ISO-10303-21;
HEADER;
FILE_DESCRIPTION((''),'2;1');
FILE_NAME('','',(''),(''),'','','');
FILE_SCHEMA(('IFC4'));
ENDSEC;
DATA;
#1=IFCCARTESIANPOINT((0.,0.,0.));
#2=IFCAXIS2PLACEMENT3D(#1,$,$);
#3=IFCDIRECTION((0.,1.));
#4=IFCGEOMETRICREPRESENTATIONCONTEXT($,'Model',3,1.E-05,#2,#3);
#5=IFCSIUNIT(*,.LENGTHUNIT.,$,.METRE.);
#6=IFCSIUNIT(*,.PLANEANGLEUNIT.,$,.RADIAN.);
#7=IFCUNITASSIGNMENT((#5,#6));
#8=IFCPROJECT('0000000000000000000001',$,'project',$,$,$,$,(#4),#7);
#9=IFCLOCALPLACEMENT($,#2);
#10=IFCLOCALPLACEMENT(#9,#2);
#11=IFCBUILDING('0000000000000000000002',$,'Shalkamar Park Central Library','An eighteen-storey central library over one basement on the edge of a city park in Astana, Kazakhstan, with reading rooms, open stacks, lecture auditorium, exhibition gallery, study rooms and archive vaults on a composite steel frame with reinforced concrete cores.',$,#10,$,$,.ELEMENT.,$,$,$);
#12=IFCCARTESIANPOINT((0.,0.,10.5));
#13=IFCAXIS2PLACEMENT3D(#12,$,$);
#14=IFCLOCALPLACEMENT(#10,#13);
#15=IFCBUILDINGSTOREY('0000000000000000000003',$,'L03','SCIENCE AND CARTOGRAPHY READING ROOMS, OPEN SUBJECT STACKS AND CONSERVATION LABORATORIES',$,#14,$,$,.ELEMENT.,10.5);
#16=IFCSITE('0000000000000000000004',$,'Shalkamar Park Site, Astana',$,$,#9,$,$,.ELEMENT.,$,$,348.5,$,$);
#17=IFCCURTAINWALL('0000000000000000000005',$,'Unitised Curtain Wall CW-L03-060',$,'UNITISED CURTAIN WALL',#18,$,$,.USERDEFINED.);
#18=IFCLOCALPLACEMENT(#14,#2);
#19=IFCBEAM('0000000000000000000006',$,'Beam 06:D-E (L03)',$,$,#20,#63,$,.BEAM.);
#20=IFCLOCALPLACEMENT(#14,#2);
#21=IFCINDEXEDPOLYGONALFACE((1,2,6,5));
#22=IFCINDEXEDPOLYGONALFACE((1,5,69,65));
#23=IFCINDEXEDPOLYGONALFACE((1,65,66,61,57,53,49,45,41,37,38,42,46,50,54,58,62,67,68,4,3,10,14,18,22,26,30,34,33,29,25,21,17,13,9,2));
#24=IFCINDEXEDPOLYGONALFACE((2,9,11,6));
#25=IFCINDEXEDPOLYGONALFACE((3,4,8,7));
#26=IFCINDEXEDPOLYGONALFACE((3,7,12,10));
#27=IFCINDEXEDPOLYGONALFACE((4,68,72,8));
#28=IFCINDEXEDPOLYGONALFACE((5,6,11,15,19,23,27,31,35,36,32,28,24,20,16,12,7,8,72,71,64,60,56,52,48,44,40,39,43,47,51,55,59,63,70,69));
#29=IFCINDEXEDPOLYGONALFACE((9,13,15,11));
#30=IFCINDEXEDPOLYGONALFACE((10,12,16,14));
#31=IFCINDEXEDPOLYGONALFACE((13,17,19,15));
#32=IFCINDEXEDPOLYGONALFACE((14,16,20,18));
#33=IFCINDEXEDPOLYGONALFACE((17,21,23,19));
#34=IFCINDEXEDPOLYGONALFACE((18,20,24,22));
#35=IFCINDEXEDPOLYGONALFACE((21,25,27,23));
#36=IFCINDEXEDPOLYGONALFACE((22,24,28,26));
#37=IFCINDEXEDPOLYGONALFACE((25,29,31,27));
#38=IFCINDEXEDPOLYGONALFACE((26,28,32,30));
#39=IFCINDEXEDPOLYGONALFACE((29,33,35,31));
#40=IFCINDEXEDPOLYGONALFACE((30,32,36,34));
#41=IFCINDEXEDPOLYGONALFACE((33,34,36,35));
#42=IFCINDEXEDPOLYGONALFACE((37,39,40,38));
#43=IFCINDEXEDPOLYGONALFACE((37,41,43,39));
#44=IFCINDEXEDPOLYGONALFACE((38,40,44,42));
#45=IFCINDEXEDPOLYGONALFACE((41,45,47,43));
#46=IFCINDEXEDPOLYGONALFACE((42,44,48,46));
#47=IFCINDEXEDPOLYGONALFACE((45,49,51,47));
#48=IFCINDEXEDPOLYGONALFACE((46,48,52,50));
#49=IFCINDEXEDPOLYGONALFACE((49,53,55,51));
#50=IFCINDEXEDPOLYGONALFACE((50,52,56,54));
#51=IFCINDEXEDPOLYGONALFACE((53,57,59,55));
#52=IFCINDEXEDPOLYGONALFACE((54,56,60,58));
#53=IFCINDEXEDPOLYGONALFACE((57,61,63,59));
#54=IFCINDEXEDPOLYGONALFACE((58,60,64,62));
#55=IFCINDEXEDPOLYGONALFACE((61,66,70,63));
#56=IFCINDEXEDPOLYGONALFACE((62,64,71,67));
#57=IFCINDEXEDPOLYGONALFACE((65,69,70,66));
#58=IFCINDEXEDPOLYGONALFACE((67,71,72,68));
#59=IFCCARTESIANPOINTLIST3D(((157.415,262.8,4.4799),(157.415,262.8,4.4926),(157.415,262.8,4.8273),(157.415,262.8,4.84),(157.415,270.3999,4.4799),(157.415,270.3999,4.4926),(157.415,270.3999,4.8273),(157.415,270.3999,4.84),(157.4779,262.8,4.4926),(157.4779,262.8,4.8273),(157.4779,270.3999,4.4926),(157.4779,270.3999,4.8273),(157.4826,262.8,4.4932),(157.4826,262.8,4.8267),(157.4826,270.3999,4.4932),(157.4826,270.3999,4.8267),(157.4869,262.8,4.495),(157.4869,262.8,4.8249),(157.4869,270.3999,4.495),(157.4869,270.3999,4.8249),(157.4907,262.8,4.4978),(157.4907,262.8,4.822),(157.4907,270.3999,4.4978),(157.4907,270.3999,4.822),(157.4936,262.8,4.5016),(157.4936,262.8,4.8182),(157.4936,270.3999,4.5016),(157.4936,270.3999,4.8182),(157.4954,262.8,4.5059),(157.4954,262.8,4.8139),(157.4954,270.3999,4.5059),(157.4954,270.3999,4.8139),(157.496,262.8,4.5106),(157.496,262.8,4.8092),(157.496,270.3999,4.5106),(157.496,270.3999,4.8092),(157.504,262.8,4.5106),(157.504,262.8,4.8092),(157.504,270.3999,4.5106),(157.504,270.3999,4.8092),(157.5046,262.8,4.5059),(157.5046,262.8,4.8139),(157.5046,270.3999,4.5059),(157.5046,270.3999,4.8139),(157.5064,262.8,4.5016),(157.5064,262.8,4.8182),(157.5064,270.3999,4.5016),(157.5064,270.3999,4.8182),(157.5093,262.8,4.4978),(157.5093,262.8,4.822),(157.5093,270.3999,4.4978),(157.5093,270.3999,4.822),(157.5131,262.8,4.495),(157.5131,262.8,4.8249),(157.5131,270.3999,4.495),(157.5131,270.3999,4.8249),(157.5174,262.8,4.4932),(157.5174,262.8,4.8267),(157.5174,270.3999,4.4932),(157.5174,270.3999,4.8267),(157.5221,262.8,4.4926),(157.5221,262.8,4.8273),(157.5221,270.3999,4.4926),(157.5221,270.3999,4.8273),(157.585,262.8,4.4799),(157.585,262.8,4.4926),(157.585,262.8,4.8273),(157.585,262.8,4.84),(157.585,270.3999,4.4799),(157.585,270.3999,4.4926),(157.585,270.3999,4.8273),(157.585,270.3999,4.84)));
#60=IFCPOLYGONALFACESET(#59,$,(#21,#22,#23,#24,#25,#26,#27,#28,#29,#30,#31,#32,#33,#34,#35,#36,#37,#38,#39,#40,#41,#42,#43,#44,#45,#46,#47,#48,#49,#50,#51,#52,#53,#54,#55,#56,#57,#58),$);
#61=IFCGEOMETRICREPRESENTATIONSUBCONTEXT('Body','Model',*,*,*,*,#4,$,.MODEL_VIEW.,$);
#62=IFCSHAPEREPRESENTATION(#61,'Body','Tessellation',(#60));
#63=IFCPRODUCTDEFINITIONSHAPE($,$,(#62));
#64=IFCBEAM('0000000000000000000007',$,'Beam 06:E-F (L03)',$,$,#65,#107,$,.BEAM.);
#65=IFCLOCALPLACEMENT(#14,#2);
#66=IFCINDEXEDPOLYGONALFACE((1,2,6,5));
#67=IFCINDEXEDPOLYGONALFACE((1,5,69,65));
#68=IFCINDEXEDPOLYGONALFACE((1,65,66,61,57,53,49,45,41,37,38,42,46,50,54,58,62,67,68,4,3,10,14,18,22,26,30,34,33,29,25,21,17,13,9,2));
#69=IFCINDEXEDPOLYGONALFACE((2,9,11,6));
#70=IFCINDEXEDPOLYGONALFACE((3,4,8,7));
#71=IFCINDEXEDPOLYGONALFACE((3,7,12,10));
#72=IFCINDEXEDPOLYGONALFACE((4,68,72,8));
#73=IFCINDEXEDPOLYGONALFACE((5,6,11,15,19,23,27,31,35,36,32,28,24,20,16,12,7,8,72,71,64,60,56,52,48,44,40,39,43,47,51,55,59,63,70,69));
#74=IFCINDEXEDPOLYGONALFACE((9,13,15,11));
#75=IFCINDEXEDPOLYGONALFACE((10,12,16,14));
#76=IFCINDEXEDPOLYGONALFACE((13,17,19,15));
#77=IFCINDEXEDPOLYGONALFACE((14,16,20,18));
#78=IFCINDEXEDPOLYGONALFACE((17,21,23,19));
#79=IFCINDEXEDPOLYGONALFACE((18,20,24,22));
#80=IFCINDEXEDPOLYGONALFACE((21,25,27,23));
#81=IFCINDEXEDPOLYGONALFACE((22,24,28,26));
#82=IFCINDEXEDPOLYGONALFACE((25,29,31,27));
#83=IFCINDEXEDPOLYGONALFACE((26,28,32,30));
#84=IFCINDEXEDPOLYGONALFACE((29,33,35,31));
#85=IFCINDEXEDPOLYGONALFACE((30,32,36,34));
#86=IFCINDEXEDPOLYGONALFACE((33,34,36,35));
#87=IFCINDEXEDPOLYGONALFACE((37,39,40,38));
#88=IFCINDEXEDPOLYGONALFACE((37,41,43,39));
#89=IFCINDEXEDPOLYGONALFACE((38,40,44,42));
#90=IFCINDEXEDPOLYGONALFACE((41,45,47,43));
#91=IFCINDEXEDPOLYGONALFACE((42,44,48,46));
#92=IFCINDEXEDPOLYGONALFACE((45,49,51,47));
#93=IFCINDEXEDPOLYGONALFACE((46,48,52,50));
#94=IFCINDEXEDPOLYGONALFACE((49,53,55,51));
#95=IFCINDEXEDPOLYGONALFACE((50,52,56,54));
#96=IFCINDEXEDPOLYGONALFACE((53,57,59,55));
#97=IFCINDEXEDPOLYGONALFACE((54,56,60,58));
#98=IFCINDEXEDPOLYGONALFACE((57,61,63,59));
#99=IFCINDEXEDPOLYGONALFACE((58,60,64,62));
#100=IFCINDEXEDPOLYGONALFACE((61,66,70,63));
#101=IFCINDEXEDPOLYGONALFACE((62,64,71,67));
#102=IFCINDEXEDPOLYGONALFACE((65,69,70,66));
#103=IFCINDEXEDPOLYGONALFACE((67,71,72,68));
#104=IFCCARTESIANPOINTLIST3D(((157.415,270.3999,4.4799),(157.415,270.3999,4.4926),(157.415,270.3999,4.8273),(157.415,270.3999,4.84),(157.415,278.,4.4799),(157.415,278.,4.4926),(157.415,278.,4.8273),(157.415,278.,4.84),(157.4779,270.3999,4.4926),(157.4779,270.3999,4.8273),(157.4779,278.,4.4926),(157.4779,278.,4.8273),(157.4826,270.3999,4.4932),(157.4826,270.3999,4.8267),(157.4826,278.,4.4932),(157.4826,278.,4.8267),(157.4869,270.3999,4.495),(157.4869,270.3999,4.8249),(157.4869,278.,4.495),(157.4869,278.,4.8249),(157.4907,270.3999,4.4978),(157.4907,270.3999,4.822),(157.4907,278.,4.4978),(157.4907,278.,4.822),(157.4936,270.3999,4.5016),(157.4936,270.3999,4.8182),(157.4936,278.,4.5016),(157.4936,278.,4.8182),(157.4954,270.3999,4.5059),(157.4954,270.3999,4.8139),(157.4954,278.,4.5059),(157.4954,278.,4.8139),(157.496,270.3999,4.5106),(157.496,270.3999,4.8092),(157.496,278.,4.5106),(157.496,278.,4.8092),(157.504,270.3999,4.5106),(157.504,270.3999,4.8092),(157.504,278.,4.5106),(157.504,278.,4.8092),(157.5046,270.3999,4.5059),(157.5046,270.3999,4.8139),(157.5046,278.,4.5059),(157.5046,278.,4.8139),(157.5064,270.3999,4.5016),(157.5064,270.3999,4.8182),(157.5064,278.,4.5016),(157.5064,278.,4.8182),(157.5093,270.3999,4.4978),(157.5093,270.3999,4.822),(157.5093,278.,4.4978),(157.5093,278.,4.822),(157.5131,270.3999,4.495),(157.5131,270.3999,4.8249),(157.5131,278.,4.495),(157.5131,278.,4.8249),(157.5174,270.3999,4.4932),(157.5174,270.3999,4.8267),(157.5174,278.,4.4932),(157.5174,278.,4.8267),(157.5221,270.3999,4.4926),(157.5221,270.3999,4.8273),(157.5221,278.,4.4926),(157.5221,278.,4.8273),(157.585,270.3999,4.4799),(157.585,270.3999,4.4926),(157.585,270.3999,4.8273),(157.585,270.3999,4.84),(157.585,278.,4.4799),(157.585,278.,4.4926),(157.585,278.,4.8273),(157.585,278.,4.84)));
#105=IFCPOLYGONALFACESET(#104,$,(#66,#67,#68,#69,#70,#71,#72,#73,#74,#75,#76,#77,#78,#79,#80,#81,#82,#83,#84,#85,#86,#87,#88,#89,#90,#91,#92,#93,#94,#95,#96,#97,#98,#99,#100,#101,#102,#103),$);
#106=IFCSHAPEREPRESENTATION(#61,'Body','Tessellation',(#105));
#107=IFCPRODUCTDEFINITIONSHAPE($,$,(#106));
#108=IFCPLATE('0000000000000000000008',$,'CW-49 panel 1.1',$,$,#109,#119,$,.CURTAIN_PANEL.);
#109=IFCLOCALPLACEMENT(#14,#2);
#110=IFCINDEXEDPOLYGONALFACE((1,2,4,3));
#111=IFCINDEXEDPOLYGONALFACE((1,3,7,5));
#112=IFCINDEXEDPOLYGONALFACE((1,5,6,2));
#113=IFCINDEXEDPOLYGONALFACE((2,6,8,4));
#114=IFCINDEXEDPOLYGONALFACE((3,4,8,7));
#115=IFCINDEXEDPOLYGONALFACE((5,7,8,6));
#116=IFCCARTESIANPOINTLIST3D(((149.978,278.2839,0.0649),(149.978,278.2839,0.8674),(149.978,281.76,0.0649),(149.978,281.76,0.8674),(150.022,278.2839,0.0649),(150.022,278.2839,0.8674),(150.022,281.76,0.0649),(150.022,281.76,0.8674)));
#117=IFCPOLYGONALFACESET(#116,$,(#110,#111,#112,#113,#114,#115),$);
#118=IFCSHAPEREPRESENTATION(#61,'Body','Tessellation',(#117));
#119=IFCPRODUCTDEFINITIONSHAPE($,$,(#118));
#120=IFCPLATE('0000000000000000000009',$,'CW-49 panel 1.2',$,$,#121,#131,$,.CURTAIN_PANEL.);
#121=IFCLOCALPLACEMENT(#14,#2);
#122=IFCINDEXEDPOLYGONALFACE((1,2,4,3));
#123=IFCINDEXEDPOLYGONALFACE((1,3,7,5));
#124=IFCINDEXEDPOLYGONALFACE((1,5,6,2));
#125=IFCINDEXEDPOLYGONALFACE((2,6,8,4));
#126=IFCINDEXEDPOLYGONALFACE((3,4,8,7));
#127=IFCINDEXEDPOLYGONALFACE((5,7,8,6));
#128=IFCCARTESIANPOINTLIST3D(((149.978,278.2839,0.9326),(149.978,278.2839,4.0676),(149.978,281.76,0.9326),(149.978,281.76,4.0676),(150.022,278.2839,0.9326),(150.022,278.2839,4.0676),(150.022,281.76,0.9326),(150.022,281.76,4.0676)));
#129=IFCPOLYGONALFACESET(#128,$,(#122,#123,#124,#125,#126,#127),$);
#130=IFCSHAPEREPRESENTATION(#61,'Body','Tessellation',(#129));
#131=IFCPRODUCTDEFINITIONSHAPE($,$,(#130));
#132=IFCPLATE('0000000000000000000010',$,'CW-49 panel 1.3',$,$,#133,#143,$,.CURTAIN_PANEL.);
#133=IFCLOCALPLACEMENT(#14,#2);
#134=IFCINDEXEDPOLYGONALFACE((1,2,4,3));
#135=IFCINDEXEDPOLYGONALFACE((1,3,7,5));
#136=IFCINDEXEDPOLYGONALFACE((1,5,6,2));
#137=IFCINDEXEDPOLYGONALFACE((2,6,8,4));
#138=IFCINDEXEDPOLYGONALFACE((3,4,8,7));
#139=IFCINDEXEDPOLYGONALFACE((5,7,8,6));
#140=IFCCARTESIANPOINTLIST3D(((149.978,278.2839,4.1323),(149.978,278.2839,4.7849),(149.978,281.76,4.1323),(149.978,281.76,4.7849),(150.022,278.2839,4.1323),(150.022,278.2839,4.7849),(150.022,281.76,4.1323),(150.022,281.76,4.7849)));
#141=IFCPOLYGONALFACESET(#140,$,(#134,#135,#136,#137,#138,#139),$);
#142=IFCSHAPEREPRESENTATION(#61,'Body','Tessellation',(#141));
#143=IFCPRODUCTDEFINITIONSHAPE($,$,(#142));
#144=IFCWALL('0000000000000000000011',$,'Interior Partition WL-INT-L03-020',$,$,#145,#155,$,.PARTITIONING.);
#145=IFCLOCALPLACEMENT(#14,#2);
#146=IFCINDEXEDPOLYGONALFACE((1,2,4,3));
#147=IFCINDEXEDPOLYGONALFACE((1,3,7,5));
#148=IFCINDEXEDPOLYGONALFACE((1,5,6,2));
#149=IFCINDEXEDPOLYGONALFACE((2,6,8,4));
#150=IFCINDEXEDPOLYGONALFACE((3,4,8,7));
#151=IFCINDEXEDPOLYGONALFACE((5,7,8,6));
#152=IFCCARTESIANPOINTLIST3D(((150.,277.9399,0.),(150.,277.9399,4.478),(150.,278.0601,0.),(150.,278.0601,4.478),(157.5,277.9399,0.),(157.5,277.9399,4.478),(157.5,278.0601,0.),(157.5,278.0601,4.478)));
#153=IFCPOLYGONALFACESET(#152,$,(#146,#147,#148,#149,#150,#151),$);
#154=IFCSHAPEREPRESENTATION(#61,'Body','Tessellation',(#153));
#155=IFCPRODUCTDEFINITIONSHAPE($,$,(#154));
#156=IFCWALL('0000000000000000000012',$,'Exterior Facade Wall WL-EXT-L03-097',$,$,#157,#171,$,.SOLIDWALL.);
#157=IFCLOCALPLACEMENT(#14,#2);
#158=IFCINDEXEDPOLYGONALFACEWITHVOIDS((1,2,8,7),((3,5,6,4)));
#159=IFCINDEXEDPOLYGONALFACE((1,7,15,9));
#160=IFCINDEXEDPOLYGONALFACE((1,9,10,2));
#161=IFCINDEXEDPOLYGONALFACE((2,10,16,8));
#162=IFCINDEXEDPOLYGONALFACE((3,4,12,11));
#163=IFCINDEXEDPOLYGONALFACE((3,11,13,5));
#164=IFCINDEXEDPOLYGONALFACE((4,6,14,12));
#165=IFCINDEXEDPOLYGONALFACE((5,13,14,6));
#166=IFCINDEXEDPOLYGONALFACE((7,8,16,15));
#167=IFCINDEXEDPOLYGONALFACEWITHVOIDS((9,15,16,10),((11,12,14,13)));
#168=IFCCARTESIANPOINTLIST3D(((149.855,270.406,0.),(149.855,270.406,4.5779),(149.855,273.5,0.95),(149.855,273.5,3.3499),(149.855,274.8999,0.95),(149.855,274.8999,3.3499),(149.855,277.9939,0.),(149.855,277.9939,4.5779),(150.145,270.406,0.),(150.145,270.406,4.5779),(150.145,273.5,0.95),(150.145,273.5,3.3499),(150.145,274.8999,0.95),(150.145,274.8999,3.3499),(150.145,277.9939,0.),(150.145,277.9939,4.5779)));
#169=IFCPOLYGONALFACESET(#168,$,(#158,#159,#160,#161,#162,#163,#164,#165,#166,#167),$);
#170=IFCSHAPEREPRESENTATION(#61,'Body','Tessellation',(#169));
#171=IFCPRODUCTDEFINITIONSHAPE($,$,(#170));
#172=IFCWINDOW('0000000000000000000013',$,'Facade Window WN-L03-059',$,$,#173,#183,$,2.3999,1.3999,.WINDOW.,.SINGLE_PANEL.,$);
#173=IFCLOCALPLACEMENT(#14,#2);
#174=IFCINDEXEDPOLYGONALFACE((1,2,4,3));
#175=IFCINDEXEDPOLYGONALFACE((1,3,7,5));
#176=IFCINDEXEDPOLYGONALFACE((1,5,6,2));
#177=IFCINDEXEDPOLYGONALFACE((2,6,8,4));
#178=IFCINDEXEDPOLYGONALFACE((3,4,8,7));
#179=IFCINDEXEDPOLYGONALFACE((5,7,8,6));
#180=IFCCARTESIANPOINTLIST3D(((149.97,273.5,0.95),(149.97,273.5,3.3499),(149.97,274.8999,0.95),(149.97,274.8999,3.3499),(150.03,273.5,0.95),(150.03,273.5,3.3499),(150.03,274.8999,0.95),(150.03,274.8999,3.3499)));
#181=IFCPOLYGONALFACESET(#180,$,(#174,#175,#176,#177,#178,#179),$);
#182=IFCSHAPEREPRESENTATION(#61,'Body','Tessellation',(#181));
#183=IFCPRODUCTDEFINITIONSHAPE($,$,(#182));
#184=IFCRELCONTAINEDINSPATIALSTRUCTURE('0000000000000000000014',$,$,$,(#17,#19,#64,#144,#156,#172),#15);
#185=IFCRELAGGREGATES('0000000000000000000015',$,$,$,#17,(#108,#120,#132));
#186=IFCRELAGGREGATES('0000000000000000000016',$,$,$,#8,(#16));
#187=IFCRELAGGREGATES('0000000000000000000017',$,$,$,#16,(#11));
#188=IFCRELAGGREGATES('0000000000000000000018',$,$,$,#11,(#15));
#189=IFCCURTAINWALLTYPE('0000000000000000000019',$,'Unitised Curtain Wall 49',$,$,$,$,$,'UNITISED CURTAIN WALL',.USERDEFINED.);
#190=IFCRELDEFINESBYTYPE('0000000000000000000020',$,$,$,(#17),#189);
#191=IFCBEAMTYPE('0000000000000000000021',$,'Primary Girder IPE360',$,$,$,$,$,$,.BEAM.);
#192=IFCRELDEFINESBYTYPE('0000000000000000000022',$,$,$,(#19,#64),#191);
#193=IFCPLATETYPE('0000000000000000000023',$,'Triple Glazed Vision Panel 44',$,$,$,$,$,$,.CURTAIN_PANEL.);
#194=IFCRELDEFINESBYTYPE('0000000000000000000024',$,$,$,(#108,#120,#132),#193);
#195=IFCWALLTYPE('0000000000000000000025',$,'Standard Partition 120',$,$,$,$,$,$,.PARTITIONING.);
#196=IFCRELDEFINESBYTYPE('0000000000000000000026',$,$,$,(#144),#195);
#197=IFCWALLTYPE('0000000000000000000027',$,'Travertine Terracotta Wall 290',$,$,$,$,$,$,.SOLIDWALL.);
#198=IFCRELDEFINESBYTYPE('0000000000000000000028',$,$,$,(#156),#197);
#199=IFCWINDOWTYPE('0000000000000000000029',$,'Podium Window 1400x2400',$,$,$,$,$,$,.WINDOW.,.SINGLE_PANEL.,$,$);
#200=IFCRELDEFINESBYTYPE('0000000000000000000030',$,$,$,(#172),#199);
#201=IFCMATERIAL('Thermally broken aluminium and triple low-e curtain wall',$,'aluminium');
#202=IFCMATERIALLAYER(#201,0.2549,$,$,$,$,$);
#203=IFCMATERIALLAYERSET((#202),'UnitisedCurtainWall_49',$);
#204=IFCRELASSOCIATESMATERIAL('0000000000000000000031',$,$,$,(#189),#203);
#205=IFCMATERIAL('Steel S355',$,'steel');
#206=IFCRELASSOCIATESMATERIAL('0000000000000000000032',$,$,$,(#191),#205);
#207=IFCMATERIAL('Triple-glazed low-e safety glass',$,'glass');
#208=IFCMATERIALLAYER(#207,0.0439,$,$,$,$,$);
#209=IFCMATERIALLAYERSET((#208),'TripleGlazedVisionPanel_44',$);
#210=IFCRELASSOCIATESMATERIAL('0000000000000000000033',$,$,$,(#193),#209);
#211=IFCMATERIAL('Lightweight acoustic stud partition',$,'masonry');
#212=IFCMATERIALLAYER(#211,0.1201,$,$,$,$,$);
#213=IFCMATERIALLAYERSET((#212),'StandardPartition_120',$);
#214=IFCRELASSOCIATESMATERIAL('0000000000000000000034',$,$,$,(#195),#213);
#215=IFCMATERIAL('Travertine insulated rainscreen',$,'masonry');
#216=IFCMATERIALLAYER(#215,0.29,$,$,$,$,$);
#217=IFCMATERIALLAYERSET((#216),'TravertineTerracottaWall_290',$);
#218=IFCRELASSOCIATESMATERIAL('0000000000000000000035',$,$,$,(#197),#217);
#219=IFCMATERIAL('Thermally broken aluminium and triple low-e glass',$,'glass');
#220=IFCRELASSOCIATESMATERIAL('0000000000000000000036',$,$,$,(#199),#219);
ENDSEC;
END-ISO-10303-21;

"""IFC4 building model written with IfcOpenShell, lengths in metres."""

from ifc_helpers import new_model, si_unit, direction, frame, frame_2d, origin, origin_2d, place, context, subcontext, project, spatial, rectangle, i_section, extrude, material, layer, layer_set, material_profile, profile_set, type_object, element, fill, aggregate, save


model = new_model("IFC4")

# Units and contexts
model_context = context("Model", 3, precision=1e-05, world=origin(), true_north=direction((0.0, 1.0)))
body_context = subcontext(model_context, "Body", "Model", "MODEL_VIEW")
ifc_project = project(units=[si_unit("LENGTHUNIT", "METRE"), si_unit("PLANEANGLEUNIT", "RADIAN")], contexts=[model_context])

# Site, building, storey
site_placement = place(None, origin())
site = spatial("IfcSite", under=ifc_project, at=site_placement, Name="Shalkamar Park Site, Astana", CompositionType="ELEMENT", RefElevation=348.5)
building_placement = place(site_placement, origin())
building = spatial("IfcBuilding", under=site, at=building_placement, Name="Shalkamar Park Central Library", Description="An eighteen-storey central library over one basement on the edge of a city park in Astana, Kazakhstan, with reading rooms, open stacks, lecture auditorium, exhibition gallery, study rooms and archive vaults on a composite steel frame with reinforced concrete cores.", CompositionType="ELEMENT")
storey_placement = place(building_placement, frame((0.0, 0.0, 10.5)))
storey = spatial("IfcBuildingStorey", under=building, at=storey_placement, Name="L03", Description="SCIENCE AND CARTOGRAPHY READING ROOMS, OPEN SUBJECT STACKS AND CONSERVATION LABORATORIES", CompositionType="ELEMENT", Elevation=10.5)

# Shared definitions
ifc_material_1 = material(Name="Steel S355", Category="steel")

# Curtain wall
ifc_material_2 = material(Name="Thermally broken aluminium and triple low-e curtain wall", Category="aluminium")
ifc_layer_1 = layer(ifc_material_2, 0.2549)
ifc_layer_set_1 = layer_set([ifc_layer_1], Name="UnitisedCurtainWall_49")
curtain_wall_type = type_object("IfcCurtainWallType", Name="Unitised Curtain Wall 49", ElementType="UNITISED CURTAIN WALL", PredefinedType="USERDEFINED", material=ifc_layer_set_1)
curtain_wall_placement = place(storey_placement, origin())
curtain_wall = element("IfcCurtainWall", 1, at=curtain_wall_placement, inside=storey, type_object=curtain_wall_type, Name="Unitised Curtain Wall CW-L03-060", ObjectType="UNITISED CURTAIN WALL", PredefinedType="USERDEFINED")

# Beams
ifc_material_profile_1 = material_profile(ifc_material_1, i_section(OverallWidth=0.1699, OverallDepth=0.3601, WebThickness=0.0081, FlangeThickness=0.0127, FilletRadius=0.0181, at=origin_2d()), Name="IPE 360")
ifc_profile_set_1 = profile_set([ifc_material_profile_1], Name="Steel S355")
beam_type_1 = type_object("IfcBeamType", Name="Primary Girder IPE360", PredefinedType="BEAM", material=ifc_profile_set_1)
beam_1_placement = place(storey_placement, frame((157.5, 262.8, 4.6599), z_axis=(0.0, 1.0, 0.0), x_axis=(-1.0, 0.0, 0.0)))
element("IfcBeam", 2, at=beam_1_placement, inside=storey, type_object=beam_type_1, Name="Beam 06:D-E (L03)", PredefinedType="BEAM", context=body_context, shape_type="SweptSolid", body=[
    extrude(i_section(OverallWidth=0.1699, OverallDepth=0.3601, WebThickness=0.0081, FlangeThickness=0.0127, FilletRadius=0.0181, at=origin_2d()), origin(), (0.0, 0.0, 1.0), 7.5999),
])
beam_2_placement = place(storey_placement, frame((157.5, 270.3999, 4.6599), z_axis=(0.0, 1.0, 0.0), x_axis=(-1.0, 0.0, 0.0)))
element("IfcBeam", 3, at=beam_2_placement, inside=storey, type_object=beam_type_1, Name="Beam 06:E-F (L03)", PredefinedType="BEAM", context=body_context, shape_type="SweptSolid", body=[
    extrude(i_section(OverallWidth=0.1699, OverallDepth=0.3601, WebThickness=0.0081, FlangeThickness=0.0127, FilletRadius=0.0181, at=origin_2d()), origin(), (0.0, 0.0, 1.0), 7.6001),
])

# Plates
ifc_material_3 = material(Name="Triple-glazed low-e safety glass", Category="glass")
ifc_layer_2 = layer(ifc_material_3, 0.0439)
ifc_layer_set_2 = layer_set([ifc_layer_2], Name="TripleGlazedVisionPanel_44")
plate_type = type_object("IfcPlateType", Name="Triple Glazed Vision Panel 44", PredefinedType="CURTAIN_PANEL", material=ifc_layer_set_2)
plate_1_placement = place(storey_placement, frame((150.0, 280.022, 0.0649), z_axis=(0.0, 0.0, 1.0), x_axis=(0.0, 1.0, 0.0)))
plate_1 = element("IfcPlate", 4, at=plate_1_placement, type_object=plate_type, Name="CW-49 panel 1.1", PredefinedType="CURTAIN_PANEL", context=body_context, shape_type="SweptSolid", body=[
    extrude(rectangle(XDim=3.4761, YDim=0.0439, at=origin_2d()), origin(), (0.0, 0.0, 1.0), 0.8025),
])
plate_2_placement = place(storey_placement, frame((150.0, 280.022, 0.9326), z_axis=(0.0, 0.0, 1.0), x_axis=(0.0, 1.0, 0.0)))
plate_2 = element("IfcPlate", 5, at=plate_2_placement, type_object=plate_type, Name="CW-49 panel 1.2", PredefinedType="CURTAIN_PANEL", context=body_context, shape_type="SweptSolid", body=[
    extrude(rectangle(XDim=3.4761, YDim=0.0439, at=origin_2d()), origin(), (0.0, 0.0, 1.0), 3.135),
])
plate_3_placement = place(storey_placement, frame((150.0, 280.022, 4.1323), z_axis=(0.0, 0.0, 1.0), x_axis=(0.0, 1.0, 0.0)))
plate_3 = element("IfcPlate", 6, at=plate_3_placement, type_object=plate_type, Name="CW-49 panel 1.3", PredefinedType="CURTAIN_PANEL", context=body_context, shape_type="SweptSolid", body=[
    extrude(rectangle(XDim=3.4761, YDim=0.0439, at=origin_2d()), origin(), (0.0, 0.0, 1.0), 0.6526),
])
aggregate(curtain_wall, [plate_1, plate_2, plate_3])

# Wall
ifc_material_4 = material(Name="Lightweight acoustic stud partition", Category="masonry")
ifc_layer_3 = layer(ifc_material_4, 0.1201)
ifc_layer_set_3 = layer_set([ifc_layer_3], Name="StandardPartition_120")
wall_type_1 = type_object("IfcWallType", Name="Standard Partition 120", PredefinedType="PARTITIONING", material=ifc_layer_set_3)
wall_1_placement = place(storey_placement, frame((150.0, 278.0, 0.0), z_axis=(0.0, 0.0, 1.0), x_axis=(1.0, 0.0, 0.0)))
element("IfcWall", 7, at=wall_1_placement, inside=storey, type_object=wall_type_1, Name="Interior Partition WL-INT-L03-020", PredefinedType="PARTITIONING", context=body_context, shape_type="SweptSolid", body=[
    extrude(rectangle(XDim=7.5, YDim=0.1201, at=frame_2d((3.75, 0.0))), origin(), (0.0, 0.0, 1.0), 4.478),
])

# Wall, opening, window
ifc_material_5 = material(Name="Travertine insulated rainscreen", Category="masonry")
ifc_layer_4 = layer(ifc_material_5, 0.29)
ifc_layer_set_4 = layer_set([ifc_layer_4], Name="TravertineTerracottaWall_290")
wall_type_2 = type_object("IfcWallType", Name="Travertine Terracotta Wall 290", PredefinedType="SOLIDWALL", material=ifc_layer_set_4)
wall_2_placement = place(storey_placement, frame((150.0, 270.406, 0.0), z_axis=(0.0, 0.0, 1.0), x_axis=(0.0, 1.0, 0.0)))
wall_2 = element("IfcWall", 8, at=wall_2_placement, inside=storey, type_object=wall_type_2, Name="Exterior Facade Wall WL-EXT-L03-097", PredefinedType="SOLIDWALL", context=body_context, shape_type="SweptSolid", body=[
    extrude(rectangle(XDim=7.5879, YDim=0.29, at=frame_2d((3.7939, 0.0))), origin(), (0.0, 0.0, 1.0), 4.5779),
])
opening_placement = place(wall_2_placement, frame((3.094, 0.0, 0.95)))
opening = element("IfcOpeningElement", 9, at=opening_placement, cuts=wall_2, PredefinedType="OPENING", context=body_context, shape_type="SweptSolid", body=[
    extrude(rectangle(XDim=1.3999, YDim=2.3999, at=frame_2d((0.7, 1.2))), frame((0.0, 0.1599, 0.0), z_axis=(0.0, -1.0, 0.0), x_axis=(1.0, 0.0, 0.0)), (0.0, 0.0, 1.0), 0.3198),
])
ifc_material_6 = material(Name="Thermally broken aluminium and triple low-e glass", Category="glass")
window_type = type_object("IfcWindowType", Name="Podium Window 1400x2400", PartitioningType="SINGLE_PANEL", PredefinedType="WINDOW", material=ifc_material_6)
window_placement = place(opening_placement, origin())
window = element("IfcWindow", 10, at=window_placement, inside=storey, type_object=window_type, Name="Facade Window WN-L03-059", OverallHeight=2.3999, OverallWidth=1.3999, PartitioningType="SINGLE_PANEL", PredefinedType="WINDOW", context=body_context, shape_type="SweptSolid", body=[
    extrude(rectangle(XDim=1.3999, YDim=2.3999, at=frame_2d((0.7, 1.2))), frame((0.0, 0.03, 0.0), z_axis=(0.0, -1.0, 0.0), x_axis=(1.0, 0.0, 0.0)), (0.0, 0.0, 1.0), 0.0601),
])
fill(opening, window)

save(model, "model.ifc")
